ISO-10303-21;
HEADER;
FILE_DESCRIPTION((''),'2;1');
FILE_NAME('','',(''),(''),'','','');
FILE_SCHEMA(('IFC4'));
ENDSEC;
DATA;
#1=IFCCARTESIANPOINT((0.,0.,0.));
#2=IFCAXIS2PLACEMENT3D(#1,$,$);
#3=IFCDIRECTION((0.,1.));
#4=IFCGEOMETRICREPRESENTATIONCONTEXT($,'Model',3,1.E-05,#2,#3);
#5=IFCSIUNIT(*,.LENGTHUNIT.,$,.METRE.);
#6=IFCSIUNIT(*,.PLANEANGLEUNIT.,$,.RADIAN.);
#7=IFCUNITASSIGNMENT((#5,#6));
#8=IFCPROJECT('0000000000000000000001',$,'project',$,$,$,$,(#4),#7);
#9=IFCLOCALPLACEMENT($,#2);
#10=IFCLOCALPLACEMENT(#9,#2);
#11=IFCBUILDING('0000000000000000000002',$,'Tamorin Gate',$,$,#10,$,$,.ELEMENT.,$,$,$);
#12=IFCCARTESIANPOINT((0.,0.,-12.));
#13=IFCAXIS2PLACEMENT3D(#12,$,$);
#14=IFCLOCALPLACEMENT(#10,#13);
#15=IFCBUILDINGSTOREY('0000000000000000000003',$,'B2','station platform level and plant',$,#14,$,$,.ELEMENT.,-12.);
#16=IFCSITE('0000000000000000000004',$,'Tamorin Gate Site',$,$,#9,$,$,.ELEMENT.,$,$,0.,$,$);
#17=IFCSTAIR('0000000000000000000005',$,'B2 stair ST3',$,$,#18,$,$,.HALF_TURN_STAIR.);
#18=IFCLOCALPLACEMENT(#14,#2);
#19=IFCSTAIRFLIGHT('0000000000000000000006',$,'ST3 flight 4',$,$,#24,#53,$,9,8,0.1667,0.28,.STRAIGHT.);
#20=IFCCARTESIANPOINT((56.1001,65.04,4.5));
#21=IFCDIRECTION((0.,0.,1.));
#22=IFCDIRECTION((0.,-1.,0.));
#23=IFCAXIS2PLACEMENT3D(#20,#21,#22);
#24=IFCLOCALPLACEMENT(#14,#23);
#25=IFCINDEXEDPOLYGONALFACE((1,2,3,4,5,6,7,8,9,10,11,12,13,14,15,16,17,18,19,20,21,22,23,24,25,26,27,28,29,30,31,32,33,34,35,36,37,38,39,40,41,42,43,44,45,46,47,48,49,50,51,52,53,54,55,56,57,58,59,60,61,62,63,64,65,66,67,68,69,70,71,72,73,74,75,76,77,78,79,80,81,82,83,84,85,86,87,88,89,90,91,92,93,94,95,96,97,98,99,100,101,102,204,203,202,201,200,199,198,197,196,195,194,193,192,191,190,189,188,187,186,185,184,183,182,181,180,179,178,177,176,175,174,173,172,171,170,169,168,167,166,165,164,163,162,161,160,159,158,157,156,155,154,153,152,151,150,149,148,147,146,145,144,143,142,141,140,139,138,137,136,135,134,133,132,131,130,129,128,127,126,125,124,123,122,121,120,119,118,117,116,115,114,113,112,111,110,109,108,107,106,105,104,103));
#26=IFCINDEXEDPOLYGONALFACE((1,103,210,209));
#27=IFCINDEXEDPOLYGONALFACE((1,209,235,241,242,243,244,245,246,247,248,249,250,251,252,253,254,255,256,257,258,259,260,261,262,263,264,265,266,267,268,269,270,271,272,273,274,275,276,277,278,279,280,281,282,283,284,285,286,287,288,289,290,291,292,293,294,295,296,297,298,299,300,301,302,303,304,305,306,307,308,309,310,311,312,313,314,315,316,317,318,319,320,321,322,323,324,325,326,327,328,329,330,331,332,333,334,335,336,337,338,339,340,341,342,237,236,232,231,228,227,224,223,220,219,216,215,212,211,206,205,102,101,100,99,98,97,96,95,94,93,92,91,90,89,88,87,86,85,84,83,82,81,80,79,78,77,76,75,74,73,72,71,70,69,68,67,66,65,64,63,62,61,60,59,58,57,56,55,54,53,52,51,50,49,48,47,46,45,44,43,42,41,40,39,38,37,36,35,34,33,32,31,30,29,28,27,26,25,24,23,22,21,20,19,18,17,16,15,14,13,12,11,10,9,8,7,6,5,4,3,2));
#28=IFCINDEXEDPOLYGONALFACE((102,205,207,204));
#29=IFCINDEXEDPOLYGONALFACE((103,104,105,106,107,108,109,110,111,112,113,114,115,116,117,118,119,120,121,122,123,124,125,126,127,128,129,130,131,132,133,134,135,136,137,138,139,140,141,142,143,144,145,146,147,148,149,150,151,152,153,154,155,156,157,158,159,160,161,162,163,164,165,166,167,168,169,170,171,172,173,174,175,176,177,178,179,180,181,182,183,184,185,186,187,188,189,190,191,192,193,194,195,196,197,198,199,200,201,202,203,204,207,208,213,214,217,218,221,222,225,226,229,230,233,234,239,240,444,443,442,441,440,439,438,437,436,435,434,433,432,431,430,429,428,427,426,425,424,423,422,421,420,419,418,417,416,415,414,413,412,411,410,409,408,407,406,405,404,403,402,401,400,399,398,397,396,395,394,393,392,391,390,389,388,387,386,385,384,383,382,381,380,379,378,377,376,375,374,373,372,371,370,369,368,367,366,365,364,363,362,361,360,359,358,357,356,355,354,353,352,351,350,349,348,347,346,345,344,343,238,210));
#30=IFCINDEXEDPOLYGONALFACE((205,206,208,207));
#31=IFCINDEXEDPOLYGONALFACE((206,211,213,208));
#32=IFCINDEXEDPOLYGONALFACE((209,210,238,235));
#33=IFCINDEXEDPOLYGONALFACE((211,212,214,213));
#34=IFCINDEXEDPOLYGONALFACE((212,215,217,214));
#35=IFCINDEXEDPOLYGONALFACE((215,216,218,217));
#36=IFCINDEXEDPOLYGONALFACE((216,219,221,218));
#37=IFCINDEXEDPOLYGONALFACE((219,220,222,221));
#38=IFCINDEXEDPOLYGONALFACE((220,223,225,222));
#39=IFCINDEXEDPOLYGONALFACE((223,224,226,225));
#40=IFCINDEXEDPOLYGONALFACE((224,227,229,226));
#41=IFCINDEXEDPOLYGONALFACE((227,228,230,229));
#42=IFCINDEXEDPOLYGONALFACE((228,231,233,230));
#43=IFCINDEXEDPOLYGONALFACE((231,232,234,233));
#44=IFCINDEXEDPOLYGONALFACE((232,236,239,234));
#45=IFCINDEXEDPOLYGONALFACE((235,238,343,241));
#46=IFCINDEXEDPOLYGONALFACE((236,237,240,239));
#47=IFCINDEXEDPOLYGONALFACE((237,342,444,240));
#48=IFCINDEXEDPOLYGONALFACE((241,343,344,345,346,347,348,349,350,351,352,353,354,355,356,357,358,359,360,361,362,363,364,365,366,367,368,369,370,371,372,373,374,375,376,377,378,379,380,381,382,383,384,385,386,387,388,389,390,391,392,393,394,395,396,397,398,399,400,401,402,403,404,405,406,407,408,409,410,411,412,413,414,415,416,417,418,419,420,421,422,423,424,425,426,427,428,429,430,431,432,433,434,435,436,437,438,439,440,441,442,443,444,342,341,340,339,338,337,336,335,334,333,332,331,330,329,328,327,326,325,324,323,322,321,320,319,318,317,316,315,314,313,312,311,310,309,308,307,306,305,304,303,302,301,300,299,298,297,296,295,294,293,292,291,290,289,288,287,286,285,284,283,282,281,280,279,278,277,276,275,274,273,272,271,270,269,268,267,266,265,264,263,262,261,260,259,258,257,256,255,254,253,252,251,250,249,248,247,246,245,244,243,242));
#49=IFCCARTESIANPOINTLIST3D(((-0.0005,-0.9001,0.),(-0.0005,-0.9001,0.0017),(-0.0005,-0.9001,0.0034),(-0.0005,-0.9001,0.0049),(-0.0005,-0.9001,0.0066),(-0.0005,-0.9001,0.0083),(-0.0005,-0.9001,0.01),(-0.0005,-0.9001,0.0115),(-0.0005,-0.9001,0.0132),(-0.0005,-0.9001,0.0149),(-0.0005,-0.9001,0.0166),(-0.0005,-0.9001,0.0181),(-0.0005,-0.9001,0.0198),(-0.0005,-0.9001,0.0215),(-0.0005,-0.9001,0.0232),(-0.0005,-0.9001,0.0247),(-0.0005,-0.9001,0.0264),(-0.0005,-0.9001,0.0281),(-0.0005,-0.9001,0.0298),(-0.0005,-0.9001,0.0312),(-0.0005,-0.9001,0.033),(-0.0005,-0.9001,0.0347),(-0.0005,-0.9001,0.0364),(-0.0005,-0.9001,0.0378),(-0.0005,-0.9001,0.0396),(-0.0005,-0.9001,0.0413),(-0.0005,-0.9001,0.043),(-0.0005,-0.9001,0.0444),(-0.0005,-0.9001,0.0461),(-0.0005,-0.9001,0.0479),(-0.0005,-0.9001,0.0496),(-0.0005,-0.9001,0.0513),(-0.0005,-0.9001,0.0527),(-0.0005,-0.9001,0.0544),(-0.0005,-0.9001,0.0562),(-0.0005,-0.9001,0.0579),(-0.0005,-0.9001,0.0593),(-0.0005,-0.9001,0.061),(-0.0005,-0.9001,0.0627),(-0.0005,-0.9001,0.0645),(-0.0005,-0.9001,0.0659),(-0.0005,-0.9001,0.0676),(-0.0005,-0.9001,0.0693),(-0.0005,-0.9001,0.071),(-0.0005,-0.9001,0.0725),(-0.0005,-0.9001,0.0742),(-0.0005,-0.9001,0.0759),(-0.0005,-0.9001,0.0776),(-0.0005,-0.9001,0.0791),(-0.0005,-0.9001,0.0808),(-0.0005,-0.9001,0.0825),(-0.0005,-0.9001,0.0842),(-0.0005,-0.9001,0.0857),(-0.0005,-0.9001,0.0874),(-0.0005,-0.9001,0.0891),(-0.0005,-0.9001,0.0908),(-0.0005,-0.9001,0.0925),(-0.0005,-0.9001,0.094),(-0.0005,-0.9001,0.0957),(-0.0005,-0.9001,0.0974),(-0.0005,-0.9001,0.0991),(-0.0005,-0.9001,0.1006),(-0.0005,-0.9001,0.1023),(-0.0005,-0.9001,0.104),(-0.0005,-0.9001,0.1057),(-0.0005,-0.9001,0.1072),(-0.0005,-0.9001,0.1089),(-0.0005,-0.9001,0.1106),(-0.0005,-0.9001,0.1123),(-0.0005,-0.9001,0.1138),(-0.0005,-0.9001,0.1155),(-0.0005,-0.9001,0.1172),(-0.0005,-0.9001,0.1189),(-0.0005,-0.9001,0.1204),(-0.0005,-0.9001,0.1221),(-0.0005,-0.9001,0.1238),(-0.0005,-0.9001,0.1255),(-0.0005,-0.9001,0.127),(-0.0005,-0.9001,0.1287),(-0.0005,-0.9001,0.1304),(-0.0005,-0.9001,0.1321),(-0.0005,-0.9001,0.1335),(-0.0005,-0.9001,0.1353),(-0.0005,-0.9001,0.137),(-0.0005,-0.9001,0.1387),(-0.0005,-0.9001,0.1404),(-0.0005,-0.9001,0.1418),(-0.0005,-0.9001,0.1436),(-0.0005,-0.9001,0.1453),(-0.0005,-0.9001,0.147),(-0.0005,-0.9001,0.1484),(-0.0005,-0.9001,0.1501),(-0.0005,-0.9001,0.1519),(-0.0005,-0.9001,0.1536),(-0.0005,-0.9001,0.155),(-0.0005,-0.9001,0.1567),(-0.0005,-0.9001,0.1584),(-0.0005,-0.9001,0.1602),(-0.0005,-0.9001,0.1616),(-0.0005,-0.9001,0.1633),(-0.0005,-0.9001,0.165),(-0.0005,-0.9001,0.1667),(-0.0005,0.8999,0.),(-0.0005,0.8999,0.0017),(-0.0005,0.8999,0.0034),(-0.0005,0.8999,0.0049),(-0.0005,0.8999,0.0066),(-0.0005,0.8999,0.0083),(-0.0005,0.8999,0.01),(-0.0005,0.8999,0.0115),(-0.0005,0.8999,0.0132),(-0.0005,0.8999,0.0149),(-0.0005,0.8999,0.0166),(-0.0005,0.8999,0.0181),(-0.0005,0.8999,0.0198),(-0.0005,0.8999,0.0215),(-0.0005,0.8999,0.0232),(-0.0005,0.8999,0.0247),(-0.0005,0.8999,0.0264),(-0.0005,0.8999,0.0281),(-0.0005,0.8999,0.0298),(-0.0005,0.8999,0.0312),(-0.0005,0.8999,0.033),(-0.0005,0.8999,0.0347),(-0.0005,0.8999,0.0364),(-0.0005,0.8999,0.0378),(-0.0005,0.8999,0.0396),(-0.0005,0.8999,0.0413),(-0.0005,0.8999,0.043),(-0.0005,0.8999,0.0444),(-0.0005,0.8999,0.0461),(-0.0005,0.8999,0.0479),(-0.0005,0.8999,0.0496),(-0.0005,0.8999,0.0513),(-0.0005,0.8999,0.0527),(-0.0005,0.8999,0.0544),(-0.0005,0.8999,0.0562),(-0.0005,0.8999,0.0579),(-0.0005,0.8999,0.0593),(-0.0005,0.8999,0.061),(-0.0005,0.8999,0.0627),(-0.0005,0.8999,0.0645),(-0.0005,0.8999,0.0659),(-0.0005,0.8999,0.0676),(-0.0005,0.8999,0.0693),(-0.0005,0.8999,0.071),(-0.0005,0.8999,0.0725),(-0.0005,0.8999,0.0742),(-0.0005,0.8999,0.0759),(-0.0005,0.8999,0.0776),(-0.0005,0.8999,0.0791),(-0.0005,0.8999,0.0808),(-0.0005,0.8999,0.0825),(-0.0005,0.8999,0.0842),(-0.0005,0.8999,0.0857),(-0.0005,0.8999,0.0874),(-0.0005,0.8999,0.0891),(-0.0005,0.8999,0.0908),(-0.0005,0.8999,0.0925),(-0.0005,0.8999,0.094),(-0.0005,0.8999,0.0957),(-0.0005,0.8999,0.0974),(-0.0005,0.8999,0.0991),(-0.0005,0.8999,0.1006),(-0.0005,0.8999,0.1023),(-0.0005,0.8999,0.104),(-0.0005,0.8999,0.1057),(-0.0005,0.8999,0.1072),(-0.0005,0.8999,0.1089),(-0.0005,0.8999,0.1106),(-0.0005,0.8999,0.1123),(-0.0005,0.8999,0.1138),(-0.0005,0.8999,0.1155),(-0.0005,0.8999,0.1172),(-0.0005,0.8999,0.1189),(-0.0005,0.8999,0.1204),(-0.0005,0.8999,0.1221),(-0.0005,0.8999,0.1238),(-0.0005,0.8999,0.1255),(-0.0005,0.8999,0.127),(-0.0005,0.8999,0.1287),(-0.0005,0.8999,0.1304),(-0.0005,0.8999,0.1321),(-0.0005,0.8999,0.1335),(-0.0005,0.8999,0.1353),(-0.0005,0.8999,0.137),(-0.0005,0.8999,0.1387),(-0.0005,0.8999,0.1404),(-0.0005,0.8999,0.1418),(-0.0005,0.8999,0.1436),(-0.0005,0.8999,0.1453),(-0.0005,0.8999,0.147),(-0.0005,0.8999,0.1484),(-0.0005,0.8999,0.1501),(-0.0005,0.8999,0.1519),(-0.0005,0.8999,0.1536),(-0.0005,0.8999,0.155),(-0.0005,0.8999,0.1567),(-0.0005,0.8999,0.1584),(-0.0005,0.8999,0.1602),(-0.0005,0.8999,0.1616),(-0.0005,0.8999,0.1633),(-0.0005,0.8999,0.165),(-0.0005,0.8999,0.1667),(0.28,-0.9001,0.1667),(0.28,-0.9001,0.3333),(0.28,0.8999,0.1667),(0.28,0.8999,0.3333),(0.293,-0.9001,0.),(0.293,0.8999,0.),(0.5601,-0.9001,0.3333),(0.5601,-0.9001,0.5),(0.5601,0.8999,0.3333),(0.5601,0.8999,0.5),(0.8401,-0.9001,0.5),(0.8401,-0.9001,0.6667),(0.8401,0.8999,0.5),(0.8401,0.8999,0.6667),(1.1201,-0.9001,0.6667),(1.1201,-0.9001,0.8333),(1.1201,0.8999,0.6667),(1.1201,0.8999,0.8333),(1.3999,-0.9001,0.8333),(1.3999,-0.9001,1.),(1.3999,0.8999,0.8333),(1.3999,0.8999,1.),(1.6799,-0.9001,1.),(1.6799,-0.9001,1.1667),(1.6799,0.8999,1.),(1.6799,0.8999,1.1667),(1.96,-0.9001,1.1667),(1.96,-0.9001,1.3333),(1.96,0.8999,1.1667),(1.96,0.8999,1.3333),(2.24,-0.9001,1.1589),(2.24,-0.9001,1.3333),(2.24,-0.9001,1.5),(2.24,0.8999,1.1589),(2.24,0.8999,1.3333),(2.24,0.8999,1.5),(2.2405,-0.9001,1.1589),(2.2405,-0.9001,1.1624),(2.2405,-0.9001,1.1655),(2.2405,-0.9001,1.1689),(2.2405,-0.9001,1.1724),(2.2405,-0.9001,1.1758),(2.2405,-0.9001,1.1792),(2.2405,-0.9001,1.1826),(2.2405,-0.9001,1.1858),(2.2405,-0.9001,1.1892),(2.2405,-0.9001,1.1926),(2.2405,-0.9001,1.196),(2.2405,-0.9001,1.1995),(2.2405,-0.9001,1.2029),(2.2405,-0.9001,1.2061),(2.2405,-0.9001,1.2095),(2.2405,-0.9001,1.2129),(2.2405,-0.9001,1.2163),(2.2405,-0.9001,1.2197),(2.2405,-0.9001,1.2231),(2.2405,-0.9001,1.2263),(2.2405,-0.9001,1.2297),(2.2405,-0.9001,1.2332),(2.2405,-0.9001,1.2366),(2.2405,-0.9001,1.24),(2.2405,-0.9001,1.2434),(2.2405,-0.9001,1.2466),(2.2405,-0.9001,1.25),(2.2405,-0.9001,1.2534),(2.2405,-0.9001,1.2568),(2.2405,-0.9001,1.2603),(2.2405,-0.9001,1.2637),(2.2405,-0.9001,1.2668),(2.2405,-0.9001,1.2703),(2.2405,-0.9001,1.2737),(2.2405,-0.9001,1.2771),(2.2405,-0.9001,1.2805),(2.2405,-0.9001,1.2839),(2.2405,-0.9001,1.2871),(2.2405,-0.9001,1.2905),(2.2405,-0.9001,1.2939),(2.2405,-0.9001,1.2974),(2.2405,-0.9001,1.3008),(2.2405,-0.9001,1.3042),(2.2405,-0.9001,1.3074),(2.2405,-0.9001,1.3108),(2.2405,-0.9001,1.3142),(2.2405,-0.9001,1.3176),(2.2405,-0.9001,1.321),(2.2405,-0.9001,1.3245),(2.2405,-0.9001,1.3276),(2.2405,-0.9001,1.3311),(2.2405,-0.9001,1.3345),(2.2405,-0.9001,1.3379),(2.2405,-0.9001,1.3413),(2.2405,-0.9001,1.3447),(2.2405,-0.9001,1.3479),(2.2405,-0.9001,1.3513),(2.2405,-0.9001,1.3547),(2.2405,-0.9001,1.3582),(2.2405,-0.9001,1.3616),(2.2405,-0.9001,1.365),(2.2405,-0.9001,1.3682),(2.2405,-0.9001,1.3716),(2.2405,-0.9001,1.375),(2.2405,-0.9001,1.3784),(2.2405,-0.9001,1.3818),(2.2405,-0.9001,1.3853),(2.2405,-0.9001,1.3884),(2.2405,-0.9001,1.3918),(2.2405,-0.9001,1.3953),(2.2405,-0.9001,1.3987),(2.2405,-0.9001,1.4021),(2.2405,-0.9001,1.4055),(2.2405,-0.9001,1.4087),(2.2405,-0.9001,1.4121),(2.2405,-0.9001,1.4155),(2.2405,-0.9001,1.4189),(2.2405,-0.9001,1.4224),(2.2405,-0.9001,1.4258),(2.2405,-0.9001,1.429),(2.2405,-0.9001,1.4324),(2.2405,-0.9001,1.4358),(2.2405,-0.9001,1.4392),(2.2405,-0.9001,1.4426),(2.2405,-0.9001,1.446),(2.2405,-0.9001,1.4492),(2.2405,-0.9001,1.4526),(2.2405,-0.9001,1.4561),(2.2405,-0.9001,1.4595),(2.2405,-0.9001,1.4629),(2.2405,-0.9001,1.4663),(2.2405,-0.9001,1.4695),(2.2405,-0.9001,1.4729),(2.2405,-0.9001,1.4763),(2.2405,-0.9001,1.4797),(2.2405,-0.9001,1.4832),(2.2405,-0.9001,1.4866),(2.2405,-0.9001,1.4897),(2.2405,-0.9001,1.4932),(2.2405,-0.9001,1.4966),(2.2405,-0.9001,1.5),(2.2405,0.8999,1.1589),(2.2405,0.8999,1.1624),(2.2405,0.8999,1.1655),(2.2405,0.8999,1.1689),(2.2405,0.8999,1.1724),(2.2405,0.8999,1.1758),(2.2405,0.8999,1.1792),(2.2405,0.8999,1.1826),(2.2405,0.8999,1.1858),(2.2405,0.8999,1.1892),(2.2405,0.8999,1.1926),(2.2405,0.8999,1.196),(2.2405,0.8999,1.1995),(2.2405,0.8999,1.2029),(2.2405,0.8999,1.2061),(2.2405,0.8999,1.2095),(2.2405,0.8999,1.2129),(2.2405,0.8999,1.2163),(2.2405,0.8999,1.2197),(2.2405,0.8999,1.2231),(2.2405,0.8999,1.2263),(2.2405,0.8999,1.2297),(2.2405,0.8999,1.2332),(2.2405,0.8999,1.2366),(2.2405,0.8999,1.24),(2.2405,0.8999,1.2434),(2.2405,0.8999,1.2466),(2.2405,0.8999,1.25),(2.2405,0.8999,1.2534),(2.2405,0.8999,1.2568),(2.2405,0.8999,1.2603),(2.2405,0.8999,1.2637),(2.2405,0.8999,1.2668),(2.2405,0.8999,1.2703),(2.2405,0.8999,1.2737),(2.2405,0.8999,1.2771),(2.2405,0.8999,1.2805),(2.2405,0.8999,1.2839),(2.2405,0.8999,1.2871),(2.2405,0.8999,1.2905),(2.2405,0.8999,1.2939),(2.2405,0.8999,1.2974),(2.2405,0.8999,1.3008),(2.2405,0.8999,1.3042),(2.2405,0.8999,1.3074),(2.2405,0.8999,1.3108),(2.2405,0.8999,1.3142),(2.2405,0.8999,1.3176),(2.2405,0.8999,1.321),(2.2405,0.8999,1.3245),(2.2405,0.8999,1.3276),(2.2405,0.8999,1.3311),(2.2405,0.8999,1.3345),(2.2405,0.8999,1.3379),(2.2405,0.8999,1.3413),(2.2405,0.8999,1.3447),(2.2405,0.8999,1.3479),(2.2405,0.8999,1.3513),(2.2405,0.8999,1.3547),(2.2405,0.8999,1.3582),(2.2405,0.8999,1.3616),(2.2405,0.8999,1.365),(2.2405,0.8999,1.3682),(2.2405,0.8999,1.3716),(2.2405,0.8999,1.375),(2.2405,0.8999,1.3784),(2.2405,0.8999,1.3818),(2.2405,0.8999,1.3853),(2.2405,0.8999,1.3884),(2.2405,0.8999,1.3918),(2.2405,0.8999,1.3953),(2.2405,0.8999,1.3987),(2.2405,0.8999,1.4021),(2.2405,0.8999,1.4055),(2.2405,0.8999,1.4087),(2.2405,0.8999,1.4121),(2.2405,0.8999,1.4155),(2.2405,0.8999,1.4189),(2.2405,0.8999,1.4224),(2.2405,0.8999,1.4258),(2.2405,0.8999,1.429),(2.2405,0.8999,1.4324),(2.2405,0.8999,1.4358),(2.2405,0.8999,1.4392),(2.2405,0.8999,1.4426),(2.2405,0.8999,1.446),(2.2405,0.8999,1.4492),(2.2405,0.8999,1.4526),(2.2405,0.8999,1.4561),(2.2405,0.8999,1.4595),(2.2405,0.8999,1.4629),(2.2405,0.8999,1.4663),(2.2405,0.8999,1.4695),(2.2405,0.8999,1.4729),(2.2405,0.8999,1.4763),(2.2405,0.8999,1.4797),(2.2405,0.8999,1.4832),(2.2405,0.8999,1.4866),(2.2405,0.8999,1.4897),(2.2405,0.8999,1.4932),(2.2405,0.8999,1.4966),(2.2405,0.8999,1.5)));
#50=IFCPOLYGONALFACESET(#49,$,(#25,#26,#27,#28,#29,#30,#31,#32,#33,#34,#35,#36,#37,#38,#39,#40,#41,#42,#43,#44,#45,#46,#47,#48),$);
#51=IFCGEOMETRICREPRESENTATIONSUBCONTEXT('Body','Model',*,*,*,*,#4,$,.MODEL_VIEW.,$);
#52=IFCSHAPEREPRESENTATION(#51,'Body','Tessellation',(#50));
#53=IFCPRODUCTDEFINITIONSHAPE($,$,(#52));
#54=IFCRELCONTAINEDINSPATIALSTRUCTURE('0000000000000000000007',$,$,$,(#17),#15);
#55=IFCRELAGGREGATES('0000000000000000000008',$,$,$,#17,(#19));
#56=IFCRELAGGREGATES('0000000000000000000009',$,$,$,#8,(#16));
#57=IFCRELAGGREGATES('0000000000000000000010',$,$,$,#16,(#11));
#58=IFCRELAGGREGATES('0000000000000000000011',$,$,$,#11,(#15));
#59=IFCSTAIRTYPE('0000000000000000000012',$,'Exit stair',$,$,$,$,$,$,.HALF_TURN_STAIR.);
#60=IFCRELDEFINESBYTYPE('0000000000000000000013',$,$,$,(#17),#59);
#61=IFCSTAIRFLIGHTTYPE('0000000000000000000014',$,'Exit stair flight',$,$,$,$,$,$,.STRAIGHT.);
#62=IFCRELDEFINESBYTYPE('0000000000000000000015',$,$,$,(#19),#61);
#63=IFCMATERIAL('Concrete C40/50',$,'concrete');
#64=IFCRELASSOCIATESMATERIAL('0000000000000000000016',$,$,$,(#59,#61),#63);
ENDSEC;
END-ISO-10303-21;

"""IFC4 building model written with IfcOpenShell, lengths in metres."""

from ifc_helpers import new_model, si_unit, direction, frame, origin, place, context, subcontext, project, spatial, polyline, outline, extrude, material, type_object, element, aggregate, save


model = new_model("IFC4")

# Units and contexts
model_context = context("Model", 3, precision=1e-05, world=origin(), true_north=direction((0.0, 1.0)))
body_context = subcontext(model_context, "Body", "Model", "MODEL_VIEW")
ifc_project = project(units=[si_unit("LENGTHUNIT", "METRE"), si_unit("PLANEANGLEUNIT", "RADIAN")], contexts=[model_context])

# Site, building, storey
site_placement = place(None, origin())
site = spatial("IfcSite", under=ifc_project, at=site_placement, Name="Tamorin Gate Site", CompositionType="ELEMENT", RefElevation=0.0)
building_placement = place(site_placement, origin())
building = spatial("IfcBuilding", under=site, at=building_placement, Name="Tamorin Gate", CompositionType="ELEMENT")
storey_placement = place(building_placement, frame((0.0, 0.0, -12.0)))
storey = spatial("IfcBuildingStorey", under=building, at=storey_placement, Name="B2", Description="station platform level and plant", CompositionType="ELEMENT", Elevation=-12.0)

# Shared definitions
ifc_material_1 = material(Name="Concrete C40/50", Category="concrete")

# Stair, stair flight
stair_type = type_object("IfcStairType", Name="Exit stair", PredefinedType="HALF_TURN_STAIR", material=ifc_material_1)
stair_placement = place(storey_placement, origin())
stair = element("IfcStair", 1, at=stair_placement, inside=storey, type_object=stair_type, Name="B2 stair ST3", PredefinedType="HALF_TURN_STAIR")
stair_flight_type = type_object("IfcStairFlightType", Name="Exit stair flight", PredefinedType="STRAIGHT", material=ifc_material_1)
stair_flight_1_placement = place(storey_placement, frame((56.1001, 65.04, 4.5), z_axis=(0.0, 0.0, 1.0), x_axis=(0.0, -1.0, 0.0)))
stair_flight_1 = element("IfcStairFlight", 2, at=stair_flight_1_placement, type_object=stair_flight_type, Name="ST3 flight 4", NumberOfRisers=9, NumberOfTreads=8, PredefinedType="STRAIGHT", RiserHeight=0.1667, TreadLength=0.28, context=body_context, shape_type="SweptSolid", body=[
    extrude(outline(polyline([(-0.0005, 0.0), (-0.0005, 0.0017), (-0.0005, 0.0034), (-0.0005, 0.0049), (-0.0005, 0.0066), (-0.0005, 0.0083), (-0.0005, 0.01), (-0.0005, 0.0115), (-0.0005, 0.0132), (-0.0005, 0.0149), (-0.0005, 0.0166), (-0.0005, 0.0181), (-0.0005, 0.0198), (-0.0005, 0.0215), (-0.0005, 0.0232), (-0.0005, 0.0247), (-0.0005, 0.0264), (-0.0005, 0.0281), (-0.0005, 0.0298), (-0.0005, 0.0312), (-0.0005, 0.033), (-0.0005, 0.0347), (-0.0005, 0.0364), (-0.0005, 0.0378), (-0.0005, 0.0396), (-0.0005, 0.0413), (-0.0005, 0.043), (-0.0005, 0.0444), (-0.0005, 0.0461), (-0.0005, 0.0479), (-0.0005, 0.0496), (-0.0005, 0.0513), (-0.0005, 0.0527), (-0.0005, 0.0544), (-0.0005, 0.0562), (-0.0005, 0.0579), (-0.0005, 0.0593), (-0.0005, 0.061), (-0.0005, 0.0627), (-0.0005, 0.0645), (-0.0005, 0.0659), (-0.0005, 0.0676), (-0.0005, 0.0693), (-0.0005, 0.071), (-0.0005, 0.0725), (-0.0005, 0.0742), (-0.0005, 0.0759), (-0.0005, 0.0776), (-0.0005, 0.0791), (-0.0005, 0.0808), (-0.0005, 0.0825), (-0.0005, 0.0842), (-0.0005, 0.0857), (-0.0005, 0.0874), (-0.0005, 0.0891), (-0.0005, 0.0908), (-0.0005, 0.0925), (-0.0005, 0.094), (-0.0005, 0.0957), (-0.0005, 0.0974), (-0.0005, 0.0991), (-0.0005, 0.1006), (-0.0005, 0.1023), (-0.0005, 0.104), (-0.0005, 0.1057), (-0.0005, 0.1072), (-0.0005, 0.1089), (-0.0005, 0.1106), (-0.0005, 0.1123), (-0.0005, 0.1138), (-0.0005, 0.1155), (-0.0005, 0.1172), (-0.0005, 0.1189), (-0.0005, 0.1204), (-0.0005, 0.1221), (-0.0005, 0.1238), (-0.0005, 0.1255), (-0.0005, 0.127), (-0.0005, 0.1287), (-0.0005, 0.1304), (-0.0005, 0.1321), (-0.0005, 0.1335), (-0.0005, 0.1353), (-0.0005, 0.137), (-0.0005, 0.1387), (-0.0005, 0.1404), (-0.0005, 0.1418), (-0.0005, 0.1436), (-0.0005, 0.1453), (-0.0005, 0.147), (-0.0005, 0.1484), (-0.0005, 0.1501), (-0.0005, 0.1519), (-0.0005, 0.1536), (-0.0005, 0.155), (-0.0005, 0.1567), (-0.0005, 0.1584), (-0.0005, 0.1602), (-0.0005, 0.1616), (-0.0005, 0.1633), (-0.0005, 0.165), (-0.0005, 0.1667), (0.28, 0.1667), (0.28, 0.3333), (0.5601, 0.3333), (0.5601, 0.5), (0.8401, 0.5), (0.8401, 0.6667), (1.1201, 0.6667), (1.1201, 0.8333), (1.3999, 0.8333), (1.3999, 1.0), (1.6799, 1.0), (1.6799, 1.1667), (1.96, 1.1667), (1.96, 1.3333), (2.24, 1.3333), (2.24, 1.5), (2.2405, 1.5), (2.2405, 1.4966), (2.2405, 1.4932), (2.2405, 1.4897), (2.2405, 1.4866), (2.2405, 1.4832), (2.2405, 1.4797), (2.2405, 1.4763), (2.2405, 1.4729), (2.2405, 1.4695), (2.2405, 1.4663), (2.2405, 1.4629), (2.2405, 1.4595), (2.2405, 1.4561), (2.2405, 1.4526), (2.2405, 1.4492), (2.2405, 1.446), (2.2405, 1.4426), (2.2405, 1.4392), (2.2405, 1.4358), (2.2405, 1.4324), (2.2405, 1.429), (2.2405, 1.4258), (2.2405, 1.4224), (2.2405, 1.4189), (2.2405, 1.4155), (2.2405, 1.4121), (2.2405, 1.4087), (2.2405, 1.4055), (2.2405, 1.4021), (2.2405, 1.3987), (2.2405, 1.3953), (2.2405, 1.3918), (2.2405, 1.3884), (2.2405, 1.3853), (2.2405, 1.3818), (2.2405, 1.3784), (2.2405, 1.375), (2.2405, 1.3716), (2.2405, 1.3682), (2.2405, 1.365), (2.2405, 1.3616), (2.2405, 1.3582), (2.2405, 1.3547), (2.2405, 1.3513), (2.2405, 1.3479), (2.2405, 1.3447), (2.2405, 1.3413), (2.2405, 1.3379), (2.2405, 1.3345), (2.2405, 1.3311), (2.2405, 1.3276), (2.2405, 1.3245), (2.2405, 1.321), (2.2405, 1.3176), (2.2405, 1.3142), (2.2405, 1.3108), (2.2405, 1.3074), (2.2405, 1.3042), (2.2405, 1.3008), (2.2405, 1.2974), (2.2405, 1.2939), (2.2405, 1.2905), (2.2405, 1.2871), (2.2405, 1.2839), (2.2405, 1.2805), (2.2405, 1.2771), (2.2405, 1.2737), (2.2405, 1.2703), (2.2405, 1.2668), (2.2405, 1.2637), (2.2405, 1.2603), (2.2405, 1.2568), (2.2405, 1.2534), (2.2405, 1.25), (2.2405, 1.2466), (2.2405, 1.2434), (2.2405, 1.24), (2.2405, 1.2366), (2.2405, 1.2332), (2.2405, 1.2297), (2.2405, 1.2263), (2.2405, 1.2231), (2.2405, 1.2197), (2.2405, 1.2163), (2.2405, 1.2129), (2.2405, 1.2095), (2.2405, 1.2061), (2.2405, 1.2029), (2.2405, 1.1995), (2.2405, 1.196), (2.2405, 1.1926), (2.2405, 1.1892), (2.2405, 1.1858), (2.2405, 1.1826), (2.2405, 1.1792), (2.2405, 1.1758), (2.2405, 1.1724), (2.2405, 1.1689), (2.2405, 1.1655), (2.2405, 1.1624), (2.2405, 1.1589), (2.24, 1.1589), (0.293, 0.0), (-0.0005, 0.0)])), frame((0.0, 0.8999, 0.0), z_axis=(0.0, -1.0, 0.0), x_axis=(1.0, 0.0, 0.0)), (0.0, 0.0, 1.0), 1.8),
])
aggregate(stair, [stair_flight_1])

save(model, "model.ifc")
